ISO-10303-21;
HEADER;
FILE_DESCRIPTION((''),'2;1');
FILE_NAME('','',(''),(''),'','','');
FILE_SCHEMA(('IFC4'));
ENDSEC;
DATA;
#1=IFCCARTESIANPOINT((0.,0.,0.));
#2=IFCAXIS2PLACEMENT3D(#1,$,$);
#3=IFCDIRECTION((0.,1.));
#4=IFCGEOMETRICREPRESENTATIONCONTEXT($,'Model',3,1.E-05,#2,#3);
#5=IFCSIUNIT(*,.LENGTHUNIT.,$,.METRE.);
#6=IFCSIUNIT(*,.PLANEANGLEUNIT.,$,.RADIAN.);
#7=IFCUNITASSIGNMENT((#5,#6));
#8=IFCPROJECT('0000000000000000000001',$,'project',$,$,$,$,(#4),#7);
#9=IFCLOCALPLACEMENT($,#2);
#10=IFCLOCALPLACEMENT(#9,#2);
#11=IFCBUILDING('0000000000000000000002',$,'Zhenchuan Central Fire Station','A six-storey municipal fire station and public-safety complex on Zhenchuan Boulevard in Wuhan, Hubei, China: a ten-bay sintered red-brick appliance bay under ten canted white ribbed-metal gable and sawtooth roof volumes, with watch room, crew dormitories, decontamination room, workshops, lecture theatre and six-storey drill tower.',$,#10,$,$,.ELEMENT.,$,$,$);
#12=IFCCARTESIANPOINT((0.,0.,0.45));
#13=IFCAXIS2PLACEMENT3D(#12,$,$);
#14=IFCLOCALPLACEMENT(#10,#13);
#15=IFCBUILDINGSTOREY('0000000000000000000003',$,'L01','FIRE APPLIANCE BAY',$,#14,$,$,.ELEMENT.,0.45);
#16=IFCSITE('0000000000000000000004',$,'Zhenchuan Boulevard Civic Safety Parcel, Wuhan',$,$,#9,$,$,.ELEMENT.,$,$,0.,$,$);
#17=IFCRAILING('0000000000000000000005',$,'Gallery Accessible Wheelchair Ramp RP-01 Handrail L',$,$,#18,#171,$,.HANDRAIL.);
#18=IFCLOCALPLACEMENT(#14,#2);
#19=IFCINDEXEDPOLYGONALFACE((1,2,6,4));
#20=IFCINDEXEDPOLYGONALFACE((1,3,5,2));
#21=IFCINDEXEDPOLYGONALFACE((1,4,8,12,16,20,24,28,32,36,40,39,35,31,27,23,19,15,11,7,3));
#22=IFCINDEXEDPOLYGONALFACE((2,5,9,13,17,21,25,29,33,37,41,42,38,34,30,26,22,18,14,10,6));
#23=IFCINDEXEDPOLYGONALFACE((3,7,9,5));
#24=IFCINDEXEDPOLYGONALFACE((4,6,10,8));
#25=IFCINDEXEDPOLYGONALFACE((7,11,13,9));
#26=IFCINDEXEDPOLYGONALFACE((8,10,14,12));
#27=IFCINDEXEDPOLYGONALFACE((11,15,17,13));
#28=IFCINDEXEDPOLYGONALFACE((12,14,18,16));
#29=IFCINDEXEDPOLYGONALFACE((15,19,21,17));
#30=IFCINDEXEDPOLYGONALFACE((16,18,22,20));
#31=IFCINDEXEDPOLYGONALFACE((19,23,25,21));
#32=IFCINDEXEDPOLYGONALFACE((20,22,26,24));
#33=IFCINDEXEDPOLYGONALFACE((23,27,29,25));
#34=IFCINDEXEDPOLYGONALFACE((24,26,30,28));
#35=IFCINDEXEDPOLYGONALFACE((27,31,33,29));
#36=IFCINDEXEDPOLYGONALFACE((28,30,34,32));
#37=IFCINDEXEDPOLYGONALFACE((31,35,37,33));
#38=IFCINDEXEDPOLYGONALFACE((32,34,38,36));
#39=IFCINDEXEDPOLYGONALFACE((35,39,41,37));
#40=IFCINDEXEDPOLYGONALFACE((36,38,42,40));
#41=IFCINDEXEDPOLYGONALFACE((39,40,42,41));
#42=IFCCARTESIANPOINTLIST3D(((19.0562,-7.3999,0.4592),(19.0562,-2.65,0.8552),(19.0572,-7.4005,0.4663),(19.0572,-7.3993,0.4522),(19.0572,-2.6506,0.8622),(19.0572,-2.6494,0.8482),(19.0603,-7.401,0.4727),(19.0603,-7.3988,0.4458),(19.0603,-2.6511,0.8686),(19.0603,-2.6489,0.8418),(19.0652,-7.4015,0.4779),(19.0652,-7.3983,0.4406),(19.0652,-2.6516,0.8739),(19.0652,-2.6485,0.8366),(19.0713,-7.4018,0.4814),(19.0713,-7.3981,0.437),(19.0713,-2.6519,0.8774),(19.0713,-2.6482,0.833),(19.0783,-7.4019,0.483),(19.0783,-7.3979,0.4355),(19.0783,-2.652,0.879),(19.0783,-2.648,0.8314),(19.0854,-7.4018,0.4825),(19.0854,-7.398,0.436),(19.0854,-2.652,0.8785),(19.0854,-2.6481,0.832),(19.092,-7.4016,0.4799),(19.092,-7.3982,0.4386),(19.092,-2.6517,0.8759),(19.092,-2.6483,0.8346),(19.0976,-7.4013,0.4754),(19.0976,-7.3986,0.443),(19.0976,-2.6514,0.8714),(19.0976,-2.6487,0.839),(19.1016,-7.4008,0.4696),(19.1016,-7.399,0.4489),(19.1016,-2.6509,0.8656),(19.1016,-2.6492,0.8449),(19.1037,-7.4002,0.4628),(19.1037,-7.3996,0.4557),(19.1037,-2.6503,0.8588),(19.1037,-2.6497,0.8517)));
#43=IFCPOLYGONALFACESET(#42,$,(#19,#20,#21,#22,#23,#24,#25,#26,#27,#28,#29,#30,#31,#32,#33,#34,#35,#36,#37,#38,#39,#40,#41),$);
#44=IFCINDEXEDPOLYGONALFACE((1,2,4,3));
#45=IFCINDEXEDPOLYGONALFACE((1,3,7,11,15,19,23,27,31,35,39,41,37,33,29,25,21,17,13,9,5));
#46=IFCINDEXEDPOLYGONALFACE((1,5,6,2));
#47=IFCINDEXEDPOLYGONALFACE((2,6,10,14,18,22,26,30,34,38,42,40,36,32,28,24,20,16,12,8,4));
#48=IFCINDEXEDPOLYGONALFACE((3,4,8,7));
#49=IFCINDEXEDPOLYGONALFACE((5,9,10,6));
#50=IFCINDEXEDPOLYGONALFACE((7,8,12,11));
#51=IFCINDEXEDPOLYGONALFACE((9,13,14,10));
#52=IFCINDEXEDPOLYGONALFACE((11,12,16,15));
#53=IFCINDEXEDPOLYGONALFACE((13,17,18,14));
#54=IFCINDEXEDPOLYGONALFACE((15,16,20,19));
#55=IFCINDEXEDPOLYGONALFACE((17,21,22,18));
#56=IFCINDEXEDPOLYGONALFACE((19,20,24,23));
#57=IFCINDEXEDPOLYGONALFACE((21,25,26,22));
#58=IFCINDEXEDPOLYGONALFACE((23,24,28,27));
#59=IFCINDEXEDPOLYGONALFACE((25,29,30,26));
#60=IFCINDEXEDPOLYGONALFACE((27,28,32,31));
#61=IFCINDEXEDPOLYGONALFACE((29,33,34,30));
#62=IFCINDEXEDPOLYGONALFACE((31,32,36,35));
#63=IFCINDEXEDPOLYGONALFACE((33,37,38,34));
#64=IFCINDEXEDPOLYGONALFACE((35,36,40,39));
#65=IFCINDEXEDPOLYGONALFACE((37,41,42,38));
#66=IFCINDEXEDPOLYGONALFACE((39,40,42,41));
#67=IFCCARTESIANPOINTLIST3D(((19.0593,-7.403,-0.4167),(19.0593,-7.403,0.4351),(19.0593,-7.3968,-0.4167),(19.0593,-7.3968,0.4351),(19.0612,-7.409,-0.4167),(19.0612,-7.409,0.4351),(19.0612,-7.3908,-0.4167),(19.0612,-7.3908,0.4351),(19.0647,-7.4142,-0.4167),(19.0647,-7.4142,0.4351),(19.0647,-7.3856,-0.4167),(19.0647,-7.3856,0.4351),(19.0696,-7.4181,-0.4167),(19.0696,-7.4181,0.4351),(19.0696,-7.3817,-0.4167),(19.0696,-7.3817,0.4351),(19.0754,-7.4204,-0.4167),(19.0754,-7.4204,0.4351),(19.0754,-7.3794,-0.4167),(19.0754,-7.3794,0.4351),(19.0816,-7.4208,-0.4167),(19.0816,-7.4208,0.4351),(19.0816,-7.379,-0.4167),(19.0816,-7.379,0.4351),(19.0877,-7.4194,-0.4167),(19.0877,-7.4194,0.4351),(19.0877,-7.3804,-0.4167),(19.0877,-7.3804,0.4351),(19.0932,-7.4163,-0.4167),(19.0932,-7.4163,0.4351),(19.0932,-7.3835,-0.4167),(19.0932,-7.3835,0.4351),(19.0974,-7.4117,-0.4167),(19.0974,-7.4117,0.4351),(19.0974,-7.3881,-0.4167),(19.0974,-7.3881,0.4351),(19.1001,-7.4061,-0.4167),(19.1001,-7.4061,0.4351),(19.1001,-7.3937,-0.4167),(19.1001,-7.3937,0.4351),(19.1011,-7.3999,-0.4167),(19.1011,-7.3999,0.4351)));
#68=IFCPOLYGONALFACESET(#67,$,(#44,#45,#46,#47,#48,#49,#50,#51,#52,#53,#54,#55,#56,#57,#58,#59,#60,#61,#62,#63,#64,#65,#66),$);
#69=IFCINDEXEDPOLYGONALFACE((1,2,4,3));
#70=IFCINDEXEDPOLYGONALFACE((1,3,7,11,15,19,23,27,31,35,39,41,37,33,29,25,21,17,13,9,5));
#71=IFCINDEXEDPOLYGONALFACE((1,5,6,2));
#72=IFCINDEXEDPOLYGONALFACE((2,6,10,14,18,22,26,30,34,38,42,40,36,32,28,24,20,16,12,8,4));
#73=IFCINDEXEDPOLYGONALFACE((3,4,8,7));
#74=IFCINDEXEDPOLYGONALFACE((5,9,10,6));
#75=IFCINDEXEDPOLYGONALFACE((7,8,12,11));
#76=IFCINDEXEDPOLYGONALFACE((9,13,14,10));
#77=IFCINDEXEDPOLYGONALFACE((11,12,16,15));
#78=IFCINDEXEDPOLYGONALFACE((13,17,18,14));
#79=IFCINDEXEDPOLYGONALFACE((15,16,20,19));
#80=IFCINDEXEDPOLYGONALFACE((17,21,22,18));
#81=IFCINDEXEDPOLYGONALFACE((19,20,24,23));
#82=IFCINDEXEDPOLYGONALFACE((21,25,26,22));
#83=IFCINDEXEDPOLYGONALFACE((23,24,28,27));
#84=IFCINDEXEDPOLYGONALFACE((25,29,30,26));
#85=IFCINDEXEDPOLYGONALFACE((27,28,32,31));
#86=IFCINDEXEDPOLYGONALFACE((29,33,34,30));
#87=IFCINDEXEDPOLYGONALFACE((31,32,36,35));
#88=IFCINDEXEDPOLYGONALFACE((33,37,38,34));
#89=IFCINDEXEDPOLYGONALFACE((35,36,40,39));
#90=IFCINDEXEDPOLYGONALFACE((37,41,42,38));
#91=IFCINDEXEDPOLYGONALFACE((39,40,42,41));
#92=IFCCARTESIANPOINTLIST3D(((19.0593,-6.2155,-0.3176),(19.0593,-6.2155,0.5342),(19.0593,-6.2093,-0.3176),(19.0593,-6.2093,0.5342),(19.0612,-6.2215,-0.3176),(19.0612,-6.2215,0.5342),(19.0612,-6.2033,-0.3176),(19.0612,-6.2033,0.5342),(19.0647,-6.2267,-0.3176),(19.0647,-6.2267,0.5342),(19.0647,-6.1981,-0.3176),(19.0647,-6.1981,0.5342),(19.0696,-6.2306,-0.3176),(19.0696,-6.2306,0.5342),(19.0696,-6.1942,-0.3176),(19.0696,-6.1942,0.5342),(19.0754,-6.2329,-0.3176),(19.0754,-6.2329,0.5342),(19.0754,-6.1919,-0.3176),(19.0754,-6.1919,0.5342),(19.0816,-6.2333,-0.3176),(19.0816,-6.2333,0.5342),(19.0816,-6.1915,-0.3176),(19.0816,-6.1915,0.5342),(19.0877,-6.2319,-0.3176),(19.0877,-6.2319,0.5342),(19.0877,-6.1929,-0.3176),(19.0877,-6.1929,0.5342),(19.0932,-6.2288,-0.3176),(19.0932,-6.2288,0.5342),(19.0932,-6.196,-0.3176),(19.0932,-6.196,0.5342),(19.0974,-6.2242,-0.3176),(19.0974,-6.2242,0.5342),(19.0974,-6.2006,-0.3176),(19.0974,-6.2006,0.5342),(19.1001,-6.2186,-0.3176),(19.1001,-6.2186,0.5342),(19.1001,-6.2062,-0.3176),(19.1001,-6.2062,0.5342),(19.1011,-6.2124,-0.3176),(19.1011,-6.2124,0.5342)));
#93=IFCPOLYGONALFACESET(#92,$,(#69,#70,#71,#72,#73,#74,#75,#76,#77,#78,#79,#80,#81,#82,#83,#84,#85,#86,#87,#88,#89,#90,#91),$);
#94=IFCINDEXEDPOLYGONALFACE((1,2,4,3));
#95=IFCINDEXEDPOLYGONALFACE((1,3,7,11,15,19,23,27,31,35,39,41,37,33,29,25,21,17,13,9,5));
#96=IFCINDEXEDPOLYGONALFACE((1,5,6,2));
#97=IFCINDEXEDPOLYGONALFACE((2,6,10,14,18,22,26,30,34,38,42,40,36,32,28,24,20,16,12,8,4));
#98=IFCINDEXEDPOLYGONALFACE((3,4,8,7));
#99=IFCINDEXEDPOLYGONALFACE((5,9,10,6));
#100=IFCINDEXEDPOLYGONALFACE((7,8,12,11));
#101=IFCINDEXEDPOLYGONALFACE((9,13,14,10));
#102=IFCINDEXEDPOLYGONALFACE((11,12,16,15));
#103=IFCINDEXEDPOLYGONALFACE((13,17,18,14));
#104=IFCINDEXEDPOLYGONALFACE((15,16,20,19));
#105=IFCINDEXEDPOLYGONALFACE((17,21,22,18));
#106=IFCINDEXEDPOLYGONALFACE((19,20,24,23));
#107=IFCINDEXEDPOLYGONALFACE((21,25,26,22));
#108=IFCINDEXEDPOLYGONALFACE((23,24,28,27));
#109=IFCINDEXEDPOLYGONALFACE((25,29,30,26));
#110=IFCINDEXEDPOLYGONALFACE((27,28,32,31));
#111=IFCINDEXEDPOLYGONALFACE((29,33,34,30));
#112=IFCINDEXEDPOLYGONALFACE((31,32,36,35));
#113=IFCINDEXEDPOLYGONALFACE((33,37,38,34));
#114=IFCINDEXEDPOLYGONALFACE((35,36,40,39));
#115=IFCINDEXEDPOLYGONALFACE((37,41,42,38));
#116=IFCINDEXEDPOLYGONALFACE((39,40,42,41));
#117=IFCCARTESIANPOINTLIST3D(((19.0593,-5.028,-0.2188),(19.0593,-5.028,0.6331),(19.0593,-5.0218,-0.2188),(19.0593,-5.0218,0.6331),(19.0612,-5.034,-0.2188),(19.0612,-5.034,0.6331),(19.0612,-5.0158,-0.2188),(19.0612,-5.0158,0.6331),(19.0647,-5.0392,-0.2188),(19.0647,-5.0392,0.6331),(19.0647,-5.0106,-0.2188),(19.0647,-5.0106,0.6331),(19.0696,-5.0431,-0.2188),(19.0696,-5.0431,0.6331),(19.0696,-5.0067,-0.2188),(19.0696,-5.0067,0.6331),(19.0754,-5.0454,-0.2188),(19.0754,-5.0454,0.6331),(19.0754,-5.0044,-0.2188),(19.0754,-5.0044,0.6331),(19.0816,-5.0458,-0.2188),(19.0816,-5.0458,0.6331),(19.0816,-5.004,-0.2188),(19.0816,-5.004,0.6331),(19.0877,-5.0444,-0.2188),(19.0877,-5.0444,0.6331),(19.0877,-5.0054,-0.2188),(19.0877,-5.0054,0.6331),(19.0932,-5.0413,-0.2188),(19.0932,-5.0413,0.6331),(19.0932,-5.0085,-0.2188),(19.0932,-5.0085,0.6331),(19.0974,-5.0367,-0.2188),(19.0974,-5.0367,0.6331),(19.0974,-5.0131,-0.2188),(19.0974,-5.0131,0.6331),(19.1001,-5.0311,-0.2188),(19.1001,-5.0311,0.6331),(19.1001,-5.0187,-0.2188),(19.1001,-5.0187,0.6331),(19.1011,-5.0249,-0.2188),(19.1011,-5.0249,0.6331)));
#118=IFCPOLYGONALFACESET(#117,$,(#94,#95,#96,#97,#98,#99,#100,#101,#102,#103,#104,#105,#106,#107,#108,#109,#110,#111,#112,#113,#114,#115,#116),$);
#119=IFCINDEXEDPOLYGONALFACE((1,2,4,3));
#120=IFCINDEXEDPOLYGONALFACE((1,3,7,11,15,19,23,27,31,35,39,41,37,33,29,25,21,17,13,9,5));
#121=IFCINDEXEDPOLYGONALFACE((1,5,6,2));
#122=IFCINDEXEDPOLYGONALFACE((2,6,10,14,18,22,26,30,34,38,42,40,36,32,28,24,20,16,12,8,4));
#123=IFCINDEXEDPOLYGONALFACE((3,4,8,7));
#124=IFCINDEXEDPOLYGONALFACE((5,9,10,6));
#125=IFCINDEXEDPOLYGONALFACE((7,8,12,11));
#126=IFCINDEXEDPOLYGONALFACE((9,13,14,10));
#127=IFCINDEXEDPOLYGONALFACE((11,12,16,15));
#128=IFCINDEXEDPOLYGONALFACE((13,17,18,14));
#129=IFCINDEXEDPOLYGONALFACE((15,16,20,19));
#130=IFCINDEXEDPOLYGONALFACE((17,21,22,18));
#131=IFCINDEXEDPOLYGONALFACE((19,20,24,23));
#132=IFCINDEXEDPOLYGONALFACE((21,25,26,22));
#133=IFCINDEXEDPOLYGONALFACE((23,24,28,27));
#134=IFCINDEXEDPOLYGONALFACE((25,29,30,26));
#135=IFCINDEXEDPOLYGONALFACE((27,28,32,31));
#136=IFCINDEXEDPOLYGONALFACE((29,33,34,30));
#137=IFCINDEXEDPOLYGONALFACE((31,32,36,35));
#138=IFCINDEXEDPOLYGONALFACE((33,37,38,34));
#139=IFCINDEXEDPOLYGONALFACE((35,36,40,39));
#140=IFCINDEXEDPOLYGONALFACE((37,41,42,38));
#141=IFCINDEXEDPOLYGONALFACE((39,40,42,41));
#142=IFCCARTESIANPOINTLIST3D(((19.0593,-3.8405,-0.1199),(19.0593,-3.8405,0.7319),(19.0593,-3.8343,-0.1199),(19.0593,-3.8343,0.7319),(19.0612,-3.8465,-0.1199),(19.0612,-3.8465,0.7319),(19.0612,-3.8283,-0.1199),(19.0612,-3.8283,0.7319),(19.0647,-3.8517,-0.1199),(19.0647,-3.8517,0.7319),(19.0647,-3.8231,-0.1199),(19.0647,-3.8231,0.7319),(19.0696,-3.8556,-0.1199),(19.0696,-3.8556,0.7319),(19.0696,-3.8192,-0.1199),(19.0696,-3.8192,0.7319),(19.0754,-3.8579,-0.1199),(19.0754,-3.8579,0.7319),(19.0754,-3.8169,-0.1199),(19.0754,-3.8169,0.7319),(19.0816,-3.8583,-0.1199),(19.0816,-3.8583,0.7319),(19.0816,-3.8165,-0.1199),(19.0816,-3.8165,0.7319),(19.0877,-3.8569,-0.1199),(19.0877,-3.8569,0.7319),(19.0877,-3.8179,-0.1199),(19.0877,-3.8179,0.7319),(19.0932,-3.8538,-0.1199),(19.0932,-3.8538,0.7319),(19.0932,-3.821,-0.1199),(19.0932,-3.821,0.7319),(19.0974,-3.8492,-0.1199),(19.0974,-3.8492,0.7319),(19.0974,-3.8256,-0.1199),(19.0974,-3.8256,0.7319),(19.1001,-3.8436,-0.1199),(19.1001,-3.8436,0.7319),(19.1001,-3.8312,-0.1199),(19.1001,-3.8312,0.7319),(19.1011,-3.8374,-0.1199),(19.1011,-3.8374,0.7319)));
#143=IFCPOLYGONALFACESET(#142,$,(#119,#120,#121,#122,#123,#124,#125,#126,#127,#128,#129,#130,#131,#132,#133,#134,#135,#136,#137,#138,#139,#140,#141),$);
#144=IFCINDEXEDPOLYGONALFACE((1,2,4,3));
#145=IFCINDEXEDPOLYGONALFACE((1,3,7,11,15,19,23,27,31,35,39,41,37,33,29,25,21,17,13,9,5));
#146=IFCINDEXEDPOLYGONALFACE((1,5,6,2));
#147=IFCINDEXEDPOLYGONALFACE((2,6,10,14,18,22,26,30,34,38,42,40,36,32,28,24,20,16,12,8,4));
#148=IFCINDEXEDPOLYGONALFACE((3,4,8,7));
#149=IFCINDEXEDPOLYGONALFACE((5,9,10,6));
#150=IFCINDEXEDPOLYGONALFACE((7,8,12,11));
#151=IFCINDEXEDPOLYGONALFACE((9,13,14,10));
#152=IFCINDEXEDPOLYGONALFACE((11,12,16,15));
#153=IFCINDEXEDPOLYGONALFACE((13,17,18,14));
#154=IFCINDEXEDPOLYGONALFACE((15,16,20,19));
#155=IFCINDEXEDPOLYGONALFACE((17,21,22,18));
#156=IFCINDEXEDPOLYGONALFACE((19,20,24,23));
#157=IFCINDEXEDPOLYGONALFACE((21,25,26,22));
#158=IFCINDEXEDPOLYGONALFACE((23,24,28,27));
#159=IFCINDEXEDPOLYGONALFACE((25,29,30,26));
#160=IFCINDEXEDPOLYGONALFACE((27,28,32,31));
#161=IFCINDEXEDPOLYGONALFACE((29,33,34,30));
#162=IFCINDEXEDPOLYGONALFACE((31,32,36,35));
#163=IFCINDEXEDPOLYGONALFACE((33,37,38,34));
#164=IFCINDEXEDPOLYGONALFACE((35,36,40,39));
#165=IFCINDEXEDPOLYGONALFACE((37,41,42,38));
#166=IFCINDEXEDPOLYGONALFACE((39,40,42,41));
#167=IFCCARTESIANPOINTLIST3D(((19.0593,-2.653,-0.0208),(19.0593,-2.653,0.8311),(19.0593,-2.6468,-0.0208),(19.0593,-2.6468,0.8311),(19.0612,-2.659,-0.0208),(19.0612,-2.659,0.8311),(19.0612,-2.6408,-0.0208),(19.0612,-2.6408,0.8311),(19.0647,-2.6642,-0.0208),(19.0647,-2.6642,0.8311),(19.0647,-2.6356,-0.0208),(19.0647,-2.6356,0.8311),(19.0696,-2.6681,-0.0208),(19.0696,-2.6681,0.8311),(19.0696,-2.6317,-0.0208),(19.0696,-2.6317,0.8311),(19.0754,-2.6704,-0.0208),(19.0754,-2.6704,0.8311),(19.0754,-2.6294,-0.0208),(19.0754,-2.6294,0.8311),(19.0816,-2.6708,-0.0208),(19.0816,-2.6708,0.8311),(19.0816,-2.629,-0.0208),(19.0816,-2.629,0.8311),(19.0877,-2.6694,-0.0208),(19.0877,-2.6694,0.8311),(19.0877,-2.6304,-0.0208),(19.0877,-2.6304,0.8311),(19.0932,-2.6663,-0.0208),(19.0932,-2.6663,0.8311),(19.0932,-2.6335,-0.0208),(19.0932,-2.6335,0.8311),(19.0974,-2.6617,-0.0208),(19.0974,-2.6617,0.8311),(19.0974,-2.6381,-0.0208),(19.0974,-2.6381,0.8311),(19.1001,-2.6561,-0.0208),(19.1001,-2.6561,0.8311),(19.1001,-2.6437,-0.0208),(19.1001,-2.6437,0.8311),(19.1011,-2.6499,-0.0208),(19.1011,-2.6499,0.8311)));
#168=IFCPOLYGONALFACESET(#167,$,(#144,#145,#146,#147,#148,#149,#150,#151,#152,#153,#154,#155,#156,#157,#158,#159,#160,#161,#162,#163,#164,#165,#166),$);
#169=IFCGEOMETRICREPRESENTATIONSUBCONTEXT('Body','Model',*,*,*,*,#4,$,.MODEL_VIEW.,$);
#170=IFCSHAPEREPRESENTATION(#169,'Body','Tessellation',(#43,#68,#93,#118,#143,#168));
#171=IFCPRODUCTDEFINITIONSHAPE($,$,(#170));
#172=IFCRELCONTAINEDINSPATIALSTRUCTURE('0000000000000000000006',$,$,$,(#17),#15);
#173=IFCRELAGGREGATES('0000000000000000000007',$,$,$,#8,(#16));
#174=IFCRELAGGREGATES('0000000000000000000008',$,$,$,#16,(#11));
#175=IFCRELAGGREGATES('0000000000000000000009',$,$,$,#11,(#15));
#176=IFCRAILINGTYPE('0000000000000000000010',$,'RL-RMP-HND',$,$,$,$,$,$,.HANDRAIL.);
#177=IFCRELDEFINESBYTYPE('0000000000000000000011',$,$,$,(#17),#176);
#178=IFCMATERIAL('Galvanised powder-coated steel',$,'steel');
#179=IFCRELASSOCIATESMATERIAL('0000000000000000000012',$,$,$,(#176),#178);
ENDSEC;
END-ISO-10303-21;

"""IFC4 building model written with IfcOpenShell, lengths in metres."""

from ifc_helpers import new_model, si_unit, direction, frame, origin, origin_2d, place, context, subcontext, project, spatial, circle, extrude, material, type_object, element, save


model = new_model("IFC4")

# Units and contexts
model_context = context("Model", 3, precision=1e-05, world=origin(), true_north=direction((0.0, 1.0)))
body_context = subcontext(model_context, "Body", "Model", "MODEL_VIEW")
ifc_project = project(units=[si_unit("LENGTHUNIT", "METRE"), si_unit("PLANEANGLEUNIT", "RADIAN")], contexts=[model_context])

# Site, building, storey
site_placement = place(None, origin())
site = spatial("IfcSite", under=ifc_project, at=site_placement, Name="Zhenchuan Boulevard Civic Safety Parcel, Wuhan", CompositionType="ELEMENT", RefElevation=0.0)
building_placement = place(site_placement, origin())
building = spatial("IfcBuilding", under=site, at=building_placement, Name="Zhenchuan Central Fire Station", Description="A six-storey municipal fire station and public-safety complex on Zhenchuan Boulevard in Wuhan, Hubei, China: a ten-bay sintered red-brick appliance bay under ten canted white ribbed-metal gable and sawtooth roof volumes, with watch room, crew dormitories, decontamination room, workshops, lecture theatre and six-storey drill tower.", CompositionType="ELEMENT")
storey_placement = place(building_placement, frame((0.0, 0.0, 0.45)))
storey = spatial("IfcBuildingStorey", under=building, at=storey_placement, Name="L01", Description="FIRE APPLIANCE BAY", CompositionType="ELEMENT", Elevation=0.45)

# Railing
ifc_material_1 = material(Name="Galvanised powder-coated steel", Category="steel")
railing_type = type_object("IfcRailingType", Name="RL-RMP-HND", PredefinedType="HANDRAIL", material=ifc_material_1)
for number, where, name in (
    (1, (19.0801, -7.3999, -0.4167), "Gallery Accessible Wheelchair Ramp RP-01 Handrail L"),
):
    element("IfcRailing", number, at=place(storey_placement, frame(where)), inside=storey, type_object=railing_type, Name=name, PredefinedType="HANDRAIL", context=body_context, shape_type="SweptSolid", body=[
        extrude(circle(Radius=0.0239, at=origin_2d()), frame((0.0, 0.0, 0.876), z_axis=(0.0, 0.996543, 0.083079), x_axis=(-1.0, 0.0, 0.0)), (0.0, 0.0, 1.0), 4.7664),
        extrude(circle(Radius=0.021, at=origin_2d()), origin(), (0.0, 0.0, 1.0), 0.8518),
        extrude(circle(Radius=0.021, at=origin_2d()), frame((0.0, 1.1875, 0.0991)), (0.0, 0.0, 1.0), 0.8518),
        extrude(circle(Radius=0.021, at=origin_2d()), frame((0.0, 2.375, 0.198)), (0.0, 0.0, 1.0), 0.8518),
        extrude(circle(Radius=0.021, at=origin_2d()), frame((0.0, 3.5625, 0.2969)), (0.0, 0.0, 1.0), 0.8518),
        extrude(circle(Radius=0.021, at=origin_2d()), frame((0.0, 4.75, 0.396)), (0.0, 0.0, 1.0), 0.8518),
    ])

save(model, "model.ifc")
